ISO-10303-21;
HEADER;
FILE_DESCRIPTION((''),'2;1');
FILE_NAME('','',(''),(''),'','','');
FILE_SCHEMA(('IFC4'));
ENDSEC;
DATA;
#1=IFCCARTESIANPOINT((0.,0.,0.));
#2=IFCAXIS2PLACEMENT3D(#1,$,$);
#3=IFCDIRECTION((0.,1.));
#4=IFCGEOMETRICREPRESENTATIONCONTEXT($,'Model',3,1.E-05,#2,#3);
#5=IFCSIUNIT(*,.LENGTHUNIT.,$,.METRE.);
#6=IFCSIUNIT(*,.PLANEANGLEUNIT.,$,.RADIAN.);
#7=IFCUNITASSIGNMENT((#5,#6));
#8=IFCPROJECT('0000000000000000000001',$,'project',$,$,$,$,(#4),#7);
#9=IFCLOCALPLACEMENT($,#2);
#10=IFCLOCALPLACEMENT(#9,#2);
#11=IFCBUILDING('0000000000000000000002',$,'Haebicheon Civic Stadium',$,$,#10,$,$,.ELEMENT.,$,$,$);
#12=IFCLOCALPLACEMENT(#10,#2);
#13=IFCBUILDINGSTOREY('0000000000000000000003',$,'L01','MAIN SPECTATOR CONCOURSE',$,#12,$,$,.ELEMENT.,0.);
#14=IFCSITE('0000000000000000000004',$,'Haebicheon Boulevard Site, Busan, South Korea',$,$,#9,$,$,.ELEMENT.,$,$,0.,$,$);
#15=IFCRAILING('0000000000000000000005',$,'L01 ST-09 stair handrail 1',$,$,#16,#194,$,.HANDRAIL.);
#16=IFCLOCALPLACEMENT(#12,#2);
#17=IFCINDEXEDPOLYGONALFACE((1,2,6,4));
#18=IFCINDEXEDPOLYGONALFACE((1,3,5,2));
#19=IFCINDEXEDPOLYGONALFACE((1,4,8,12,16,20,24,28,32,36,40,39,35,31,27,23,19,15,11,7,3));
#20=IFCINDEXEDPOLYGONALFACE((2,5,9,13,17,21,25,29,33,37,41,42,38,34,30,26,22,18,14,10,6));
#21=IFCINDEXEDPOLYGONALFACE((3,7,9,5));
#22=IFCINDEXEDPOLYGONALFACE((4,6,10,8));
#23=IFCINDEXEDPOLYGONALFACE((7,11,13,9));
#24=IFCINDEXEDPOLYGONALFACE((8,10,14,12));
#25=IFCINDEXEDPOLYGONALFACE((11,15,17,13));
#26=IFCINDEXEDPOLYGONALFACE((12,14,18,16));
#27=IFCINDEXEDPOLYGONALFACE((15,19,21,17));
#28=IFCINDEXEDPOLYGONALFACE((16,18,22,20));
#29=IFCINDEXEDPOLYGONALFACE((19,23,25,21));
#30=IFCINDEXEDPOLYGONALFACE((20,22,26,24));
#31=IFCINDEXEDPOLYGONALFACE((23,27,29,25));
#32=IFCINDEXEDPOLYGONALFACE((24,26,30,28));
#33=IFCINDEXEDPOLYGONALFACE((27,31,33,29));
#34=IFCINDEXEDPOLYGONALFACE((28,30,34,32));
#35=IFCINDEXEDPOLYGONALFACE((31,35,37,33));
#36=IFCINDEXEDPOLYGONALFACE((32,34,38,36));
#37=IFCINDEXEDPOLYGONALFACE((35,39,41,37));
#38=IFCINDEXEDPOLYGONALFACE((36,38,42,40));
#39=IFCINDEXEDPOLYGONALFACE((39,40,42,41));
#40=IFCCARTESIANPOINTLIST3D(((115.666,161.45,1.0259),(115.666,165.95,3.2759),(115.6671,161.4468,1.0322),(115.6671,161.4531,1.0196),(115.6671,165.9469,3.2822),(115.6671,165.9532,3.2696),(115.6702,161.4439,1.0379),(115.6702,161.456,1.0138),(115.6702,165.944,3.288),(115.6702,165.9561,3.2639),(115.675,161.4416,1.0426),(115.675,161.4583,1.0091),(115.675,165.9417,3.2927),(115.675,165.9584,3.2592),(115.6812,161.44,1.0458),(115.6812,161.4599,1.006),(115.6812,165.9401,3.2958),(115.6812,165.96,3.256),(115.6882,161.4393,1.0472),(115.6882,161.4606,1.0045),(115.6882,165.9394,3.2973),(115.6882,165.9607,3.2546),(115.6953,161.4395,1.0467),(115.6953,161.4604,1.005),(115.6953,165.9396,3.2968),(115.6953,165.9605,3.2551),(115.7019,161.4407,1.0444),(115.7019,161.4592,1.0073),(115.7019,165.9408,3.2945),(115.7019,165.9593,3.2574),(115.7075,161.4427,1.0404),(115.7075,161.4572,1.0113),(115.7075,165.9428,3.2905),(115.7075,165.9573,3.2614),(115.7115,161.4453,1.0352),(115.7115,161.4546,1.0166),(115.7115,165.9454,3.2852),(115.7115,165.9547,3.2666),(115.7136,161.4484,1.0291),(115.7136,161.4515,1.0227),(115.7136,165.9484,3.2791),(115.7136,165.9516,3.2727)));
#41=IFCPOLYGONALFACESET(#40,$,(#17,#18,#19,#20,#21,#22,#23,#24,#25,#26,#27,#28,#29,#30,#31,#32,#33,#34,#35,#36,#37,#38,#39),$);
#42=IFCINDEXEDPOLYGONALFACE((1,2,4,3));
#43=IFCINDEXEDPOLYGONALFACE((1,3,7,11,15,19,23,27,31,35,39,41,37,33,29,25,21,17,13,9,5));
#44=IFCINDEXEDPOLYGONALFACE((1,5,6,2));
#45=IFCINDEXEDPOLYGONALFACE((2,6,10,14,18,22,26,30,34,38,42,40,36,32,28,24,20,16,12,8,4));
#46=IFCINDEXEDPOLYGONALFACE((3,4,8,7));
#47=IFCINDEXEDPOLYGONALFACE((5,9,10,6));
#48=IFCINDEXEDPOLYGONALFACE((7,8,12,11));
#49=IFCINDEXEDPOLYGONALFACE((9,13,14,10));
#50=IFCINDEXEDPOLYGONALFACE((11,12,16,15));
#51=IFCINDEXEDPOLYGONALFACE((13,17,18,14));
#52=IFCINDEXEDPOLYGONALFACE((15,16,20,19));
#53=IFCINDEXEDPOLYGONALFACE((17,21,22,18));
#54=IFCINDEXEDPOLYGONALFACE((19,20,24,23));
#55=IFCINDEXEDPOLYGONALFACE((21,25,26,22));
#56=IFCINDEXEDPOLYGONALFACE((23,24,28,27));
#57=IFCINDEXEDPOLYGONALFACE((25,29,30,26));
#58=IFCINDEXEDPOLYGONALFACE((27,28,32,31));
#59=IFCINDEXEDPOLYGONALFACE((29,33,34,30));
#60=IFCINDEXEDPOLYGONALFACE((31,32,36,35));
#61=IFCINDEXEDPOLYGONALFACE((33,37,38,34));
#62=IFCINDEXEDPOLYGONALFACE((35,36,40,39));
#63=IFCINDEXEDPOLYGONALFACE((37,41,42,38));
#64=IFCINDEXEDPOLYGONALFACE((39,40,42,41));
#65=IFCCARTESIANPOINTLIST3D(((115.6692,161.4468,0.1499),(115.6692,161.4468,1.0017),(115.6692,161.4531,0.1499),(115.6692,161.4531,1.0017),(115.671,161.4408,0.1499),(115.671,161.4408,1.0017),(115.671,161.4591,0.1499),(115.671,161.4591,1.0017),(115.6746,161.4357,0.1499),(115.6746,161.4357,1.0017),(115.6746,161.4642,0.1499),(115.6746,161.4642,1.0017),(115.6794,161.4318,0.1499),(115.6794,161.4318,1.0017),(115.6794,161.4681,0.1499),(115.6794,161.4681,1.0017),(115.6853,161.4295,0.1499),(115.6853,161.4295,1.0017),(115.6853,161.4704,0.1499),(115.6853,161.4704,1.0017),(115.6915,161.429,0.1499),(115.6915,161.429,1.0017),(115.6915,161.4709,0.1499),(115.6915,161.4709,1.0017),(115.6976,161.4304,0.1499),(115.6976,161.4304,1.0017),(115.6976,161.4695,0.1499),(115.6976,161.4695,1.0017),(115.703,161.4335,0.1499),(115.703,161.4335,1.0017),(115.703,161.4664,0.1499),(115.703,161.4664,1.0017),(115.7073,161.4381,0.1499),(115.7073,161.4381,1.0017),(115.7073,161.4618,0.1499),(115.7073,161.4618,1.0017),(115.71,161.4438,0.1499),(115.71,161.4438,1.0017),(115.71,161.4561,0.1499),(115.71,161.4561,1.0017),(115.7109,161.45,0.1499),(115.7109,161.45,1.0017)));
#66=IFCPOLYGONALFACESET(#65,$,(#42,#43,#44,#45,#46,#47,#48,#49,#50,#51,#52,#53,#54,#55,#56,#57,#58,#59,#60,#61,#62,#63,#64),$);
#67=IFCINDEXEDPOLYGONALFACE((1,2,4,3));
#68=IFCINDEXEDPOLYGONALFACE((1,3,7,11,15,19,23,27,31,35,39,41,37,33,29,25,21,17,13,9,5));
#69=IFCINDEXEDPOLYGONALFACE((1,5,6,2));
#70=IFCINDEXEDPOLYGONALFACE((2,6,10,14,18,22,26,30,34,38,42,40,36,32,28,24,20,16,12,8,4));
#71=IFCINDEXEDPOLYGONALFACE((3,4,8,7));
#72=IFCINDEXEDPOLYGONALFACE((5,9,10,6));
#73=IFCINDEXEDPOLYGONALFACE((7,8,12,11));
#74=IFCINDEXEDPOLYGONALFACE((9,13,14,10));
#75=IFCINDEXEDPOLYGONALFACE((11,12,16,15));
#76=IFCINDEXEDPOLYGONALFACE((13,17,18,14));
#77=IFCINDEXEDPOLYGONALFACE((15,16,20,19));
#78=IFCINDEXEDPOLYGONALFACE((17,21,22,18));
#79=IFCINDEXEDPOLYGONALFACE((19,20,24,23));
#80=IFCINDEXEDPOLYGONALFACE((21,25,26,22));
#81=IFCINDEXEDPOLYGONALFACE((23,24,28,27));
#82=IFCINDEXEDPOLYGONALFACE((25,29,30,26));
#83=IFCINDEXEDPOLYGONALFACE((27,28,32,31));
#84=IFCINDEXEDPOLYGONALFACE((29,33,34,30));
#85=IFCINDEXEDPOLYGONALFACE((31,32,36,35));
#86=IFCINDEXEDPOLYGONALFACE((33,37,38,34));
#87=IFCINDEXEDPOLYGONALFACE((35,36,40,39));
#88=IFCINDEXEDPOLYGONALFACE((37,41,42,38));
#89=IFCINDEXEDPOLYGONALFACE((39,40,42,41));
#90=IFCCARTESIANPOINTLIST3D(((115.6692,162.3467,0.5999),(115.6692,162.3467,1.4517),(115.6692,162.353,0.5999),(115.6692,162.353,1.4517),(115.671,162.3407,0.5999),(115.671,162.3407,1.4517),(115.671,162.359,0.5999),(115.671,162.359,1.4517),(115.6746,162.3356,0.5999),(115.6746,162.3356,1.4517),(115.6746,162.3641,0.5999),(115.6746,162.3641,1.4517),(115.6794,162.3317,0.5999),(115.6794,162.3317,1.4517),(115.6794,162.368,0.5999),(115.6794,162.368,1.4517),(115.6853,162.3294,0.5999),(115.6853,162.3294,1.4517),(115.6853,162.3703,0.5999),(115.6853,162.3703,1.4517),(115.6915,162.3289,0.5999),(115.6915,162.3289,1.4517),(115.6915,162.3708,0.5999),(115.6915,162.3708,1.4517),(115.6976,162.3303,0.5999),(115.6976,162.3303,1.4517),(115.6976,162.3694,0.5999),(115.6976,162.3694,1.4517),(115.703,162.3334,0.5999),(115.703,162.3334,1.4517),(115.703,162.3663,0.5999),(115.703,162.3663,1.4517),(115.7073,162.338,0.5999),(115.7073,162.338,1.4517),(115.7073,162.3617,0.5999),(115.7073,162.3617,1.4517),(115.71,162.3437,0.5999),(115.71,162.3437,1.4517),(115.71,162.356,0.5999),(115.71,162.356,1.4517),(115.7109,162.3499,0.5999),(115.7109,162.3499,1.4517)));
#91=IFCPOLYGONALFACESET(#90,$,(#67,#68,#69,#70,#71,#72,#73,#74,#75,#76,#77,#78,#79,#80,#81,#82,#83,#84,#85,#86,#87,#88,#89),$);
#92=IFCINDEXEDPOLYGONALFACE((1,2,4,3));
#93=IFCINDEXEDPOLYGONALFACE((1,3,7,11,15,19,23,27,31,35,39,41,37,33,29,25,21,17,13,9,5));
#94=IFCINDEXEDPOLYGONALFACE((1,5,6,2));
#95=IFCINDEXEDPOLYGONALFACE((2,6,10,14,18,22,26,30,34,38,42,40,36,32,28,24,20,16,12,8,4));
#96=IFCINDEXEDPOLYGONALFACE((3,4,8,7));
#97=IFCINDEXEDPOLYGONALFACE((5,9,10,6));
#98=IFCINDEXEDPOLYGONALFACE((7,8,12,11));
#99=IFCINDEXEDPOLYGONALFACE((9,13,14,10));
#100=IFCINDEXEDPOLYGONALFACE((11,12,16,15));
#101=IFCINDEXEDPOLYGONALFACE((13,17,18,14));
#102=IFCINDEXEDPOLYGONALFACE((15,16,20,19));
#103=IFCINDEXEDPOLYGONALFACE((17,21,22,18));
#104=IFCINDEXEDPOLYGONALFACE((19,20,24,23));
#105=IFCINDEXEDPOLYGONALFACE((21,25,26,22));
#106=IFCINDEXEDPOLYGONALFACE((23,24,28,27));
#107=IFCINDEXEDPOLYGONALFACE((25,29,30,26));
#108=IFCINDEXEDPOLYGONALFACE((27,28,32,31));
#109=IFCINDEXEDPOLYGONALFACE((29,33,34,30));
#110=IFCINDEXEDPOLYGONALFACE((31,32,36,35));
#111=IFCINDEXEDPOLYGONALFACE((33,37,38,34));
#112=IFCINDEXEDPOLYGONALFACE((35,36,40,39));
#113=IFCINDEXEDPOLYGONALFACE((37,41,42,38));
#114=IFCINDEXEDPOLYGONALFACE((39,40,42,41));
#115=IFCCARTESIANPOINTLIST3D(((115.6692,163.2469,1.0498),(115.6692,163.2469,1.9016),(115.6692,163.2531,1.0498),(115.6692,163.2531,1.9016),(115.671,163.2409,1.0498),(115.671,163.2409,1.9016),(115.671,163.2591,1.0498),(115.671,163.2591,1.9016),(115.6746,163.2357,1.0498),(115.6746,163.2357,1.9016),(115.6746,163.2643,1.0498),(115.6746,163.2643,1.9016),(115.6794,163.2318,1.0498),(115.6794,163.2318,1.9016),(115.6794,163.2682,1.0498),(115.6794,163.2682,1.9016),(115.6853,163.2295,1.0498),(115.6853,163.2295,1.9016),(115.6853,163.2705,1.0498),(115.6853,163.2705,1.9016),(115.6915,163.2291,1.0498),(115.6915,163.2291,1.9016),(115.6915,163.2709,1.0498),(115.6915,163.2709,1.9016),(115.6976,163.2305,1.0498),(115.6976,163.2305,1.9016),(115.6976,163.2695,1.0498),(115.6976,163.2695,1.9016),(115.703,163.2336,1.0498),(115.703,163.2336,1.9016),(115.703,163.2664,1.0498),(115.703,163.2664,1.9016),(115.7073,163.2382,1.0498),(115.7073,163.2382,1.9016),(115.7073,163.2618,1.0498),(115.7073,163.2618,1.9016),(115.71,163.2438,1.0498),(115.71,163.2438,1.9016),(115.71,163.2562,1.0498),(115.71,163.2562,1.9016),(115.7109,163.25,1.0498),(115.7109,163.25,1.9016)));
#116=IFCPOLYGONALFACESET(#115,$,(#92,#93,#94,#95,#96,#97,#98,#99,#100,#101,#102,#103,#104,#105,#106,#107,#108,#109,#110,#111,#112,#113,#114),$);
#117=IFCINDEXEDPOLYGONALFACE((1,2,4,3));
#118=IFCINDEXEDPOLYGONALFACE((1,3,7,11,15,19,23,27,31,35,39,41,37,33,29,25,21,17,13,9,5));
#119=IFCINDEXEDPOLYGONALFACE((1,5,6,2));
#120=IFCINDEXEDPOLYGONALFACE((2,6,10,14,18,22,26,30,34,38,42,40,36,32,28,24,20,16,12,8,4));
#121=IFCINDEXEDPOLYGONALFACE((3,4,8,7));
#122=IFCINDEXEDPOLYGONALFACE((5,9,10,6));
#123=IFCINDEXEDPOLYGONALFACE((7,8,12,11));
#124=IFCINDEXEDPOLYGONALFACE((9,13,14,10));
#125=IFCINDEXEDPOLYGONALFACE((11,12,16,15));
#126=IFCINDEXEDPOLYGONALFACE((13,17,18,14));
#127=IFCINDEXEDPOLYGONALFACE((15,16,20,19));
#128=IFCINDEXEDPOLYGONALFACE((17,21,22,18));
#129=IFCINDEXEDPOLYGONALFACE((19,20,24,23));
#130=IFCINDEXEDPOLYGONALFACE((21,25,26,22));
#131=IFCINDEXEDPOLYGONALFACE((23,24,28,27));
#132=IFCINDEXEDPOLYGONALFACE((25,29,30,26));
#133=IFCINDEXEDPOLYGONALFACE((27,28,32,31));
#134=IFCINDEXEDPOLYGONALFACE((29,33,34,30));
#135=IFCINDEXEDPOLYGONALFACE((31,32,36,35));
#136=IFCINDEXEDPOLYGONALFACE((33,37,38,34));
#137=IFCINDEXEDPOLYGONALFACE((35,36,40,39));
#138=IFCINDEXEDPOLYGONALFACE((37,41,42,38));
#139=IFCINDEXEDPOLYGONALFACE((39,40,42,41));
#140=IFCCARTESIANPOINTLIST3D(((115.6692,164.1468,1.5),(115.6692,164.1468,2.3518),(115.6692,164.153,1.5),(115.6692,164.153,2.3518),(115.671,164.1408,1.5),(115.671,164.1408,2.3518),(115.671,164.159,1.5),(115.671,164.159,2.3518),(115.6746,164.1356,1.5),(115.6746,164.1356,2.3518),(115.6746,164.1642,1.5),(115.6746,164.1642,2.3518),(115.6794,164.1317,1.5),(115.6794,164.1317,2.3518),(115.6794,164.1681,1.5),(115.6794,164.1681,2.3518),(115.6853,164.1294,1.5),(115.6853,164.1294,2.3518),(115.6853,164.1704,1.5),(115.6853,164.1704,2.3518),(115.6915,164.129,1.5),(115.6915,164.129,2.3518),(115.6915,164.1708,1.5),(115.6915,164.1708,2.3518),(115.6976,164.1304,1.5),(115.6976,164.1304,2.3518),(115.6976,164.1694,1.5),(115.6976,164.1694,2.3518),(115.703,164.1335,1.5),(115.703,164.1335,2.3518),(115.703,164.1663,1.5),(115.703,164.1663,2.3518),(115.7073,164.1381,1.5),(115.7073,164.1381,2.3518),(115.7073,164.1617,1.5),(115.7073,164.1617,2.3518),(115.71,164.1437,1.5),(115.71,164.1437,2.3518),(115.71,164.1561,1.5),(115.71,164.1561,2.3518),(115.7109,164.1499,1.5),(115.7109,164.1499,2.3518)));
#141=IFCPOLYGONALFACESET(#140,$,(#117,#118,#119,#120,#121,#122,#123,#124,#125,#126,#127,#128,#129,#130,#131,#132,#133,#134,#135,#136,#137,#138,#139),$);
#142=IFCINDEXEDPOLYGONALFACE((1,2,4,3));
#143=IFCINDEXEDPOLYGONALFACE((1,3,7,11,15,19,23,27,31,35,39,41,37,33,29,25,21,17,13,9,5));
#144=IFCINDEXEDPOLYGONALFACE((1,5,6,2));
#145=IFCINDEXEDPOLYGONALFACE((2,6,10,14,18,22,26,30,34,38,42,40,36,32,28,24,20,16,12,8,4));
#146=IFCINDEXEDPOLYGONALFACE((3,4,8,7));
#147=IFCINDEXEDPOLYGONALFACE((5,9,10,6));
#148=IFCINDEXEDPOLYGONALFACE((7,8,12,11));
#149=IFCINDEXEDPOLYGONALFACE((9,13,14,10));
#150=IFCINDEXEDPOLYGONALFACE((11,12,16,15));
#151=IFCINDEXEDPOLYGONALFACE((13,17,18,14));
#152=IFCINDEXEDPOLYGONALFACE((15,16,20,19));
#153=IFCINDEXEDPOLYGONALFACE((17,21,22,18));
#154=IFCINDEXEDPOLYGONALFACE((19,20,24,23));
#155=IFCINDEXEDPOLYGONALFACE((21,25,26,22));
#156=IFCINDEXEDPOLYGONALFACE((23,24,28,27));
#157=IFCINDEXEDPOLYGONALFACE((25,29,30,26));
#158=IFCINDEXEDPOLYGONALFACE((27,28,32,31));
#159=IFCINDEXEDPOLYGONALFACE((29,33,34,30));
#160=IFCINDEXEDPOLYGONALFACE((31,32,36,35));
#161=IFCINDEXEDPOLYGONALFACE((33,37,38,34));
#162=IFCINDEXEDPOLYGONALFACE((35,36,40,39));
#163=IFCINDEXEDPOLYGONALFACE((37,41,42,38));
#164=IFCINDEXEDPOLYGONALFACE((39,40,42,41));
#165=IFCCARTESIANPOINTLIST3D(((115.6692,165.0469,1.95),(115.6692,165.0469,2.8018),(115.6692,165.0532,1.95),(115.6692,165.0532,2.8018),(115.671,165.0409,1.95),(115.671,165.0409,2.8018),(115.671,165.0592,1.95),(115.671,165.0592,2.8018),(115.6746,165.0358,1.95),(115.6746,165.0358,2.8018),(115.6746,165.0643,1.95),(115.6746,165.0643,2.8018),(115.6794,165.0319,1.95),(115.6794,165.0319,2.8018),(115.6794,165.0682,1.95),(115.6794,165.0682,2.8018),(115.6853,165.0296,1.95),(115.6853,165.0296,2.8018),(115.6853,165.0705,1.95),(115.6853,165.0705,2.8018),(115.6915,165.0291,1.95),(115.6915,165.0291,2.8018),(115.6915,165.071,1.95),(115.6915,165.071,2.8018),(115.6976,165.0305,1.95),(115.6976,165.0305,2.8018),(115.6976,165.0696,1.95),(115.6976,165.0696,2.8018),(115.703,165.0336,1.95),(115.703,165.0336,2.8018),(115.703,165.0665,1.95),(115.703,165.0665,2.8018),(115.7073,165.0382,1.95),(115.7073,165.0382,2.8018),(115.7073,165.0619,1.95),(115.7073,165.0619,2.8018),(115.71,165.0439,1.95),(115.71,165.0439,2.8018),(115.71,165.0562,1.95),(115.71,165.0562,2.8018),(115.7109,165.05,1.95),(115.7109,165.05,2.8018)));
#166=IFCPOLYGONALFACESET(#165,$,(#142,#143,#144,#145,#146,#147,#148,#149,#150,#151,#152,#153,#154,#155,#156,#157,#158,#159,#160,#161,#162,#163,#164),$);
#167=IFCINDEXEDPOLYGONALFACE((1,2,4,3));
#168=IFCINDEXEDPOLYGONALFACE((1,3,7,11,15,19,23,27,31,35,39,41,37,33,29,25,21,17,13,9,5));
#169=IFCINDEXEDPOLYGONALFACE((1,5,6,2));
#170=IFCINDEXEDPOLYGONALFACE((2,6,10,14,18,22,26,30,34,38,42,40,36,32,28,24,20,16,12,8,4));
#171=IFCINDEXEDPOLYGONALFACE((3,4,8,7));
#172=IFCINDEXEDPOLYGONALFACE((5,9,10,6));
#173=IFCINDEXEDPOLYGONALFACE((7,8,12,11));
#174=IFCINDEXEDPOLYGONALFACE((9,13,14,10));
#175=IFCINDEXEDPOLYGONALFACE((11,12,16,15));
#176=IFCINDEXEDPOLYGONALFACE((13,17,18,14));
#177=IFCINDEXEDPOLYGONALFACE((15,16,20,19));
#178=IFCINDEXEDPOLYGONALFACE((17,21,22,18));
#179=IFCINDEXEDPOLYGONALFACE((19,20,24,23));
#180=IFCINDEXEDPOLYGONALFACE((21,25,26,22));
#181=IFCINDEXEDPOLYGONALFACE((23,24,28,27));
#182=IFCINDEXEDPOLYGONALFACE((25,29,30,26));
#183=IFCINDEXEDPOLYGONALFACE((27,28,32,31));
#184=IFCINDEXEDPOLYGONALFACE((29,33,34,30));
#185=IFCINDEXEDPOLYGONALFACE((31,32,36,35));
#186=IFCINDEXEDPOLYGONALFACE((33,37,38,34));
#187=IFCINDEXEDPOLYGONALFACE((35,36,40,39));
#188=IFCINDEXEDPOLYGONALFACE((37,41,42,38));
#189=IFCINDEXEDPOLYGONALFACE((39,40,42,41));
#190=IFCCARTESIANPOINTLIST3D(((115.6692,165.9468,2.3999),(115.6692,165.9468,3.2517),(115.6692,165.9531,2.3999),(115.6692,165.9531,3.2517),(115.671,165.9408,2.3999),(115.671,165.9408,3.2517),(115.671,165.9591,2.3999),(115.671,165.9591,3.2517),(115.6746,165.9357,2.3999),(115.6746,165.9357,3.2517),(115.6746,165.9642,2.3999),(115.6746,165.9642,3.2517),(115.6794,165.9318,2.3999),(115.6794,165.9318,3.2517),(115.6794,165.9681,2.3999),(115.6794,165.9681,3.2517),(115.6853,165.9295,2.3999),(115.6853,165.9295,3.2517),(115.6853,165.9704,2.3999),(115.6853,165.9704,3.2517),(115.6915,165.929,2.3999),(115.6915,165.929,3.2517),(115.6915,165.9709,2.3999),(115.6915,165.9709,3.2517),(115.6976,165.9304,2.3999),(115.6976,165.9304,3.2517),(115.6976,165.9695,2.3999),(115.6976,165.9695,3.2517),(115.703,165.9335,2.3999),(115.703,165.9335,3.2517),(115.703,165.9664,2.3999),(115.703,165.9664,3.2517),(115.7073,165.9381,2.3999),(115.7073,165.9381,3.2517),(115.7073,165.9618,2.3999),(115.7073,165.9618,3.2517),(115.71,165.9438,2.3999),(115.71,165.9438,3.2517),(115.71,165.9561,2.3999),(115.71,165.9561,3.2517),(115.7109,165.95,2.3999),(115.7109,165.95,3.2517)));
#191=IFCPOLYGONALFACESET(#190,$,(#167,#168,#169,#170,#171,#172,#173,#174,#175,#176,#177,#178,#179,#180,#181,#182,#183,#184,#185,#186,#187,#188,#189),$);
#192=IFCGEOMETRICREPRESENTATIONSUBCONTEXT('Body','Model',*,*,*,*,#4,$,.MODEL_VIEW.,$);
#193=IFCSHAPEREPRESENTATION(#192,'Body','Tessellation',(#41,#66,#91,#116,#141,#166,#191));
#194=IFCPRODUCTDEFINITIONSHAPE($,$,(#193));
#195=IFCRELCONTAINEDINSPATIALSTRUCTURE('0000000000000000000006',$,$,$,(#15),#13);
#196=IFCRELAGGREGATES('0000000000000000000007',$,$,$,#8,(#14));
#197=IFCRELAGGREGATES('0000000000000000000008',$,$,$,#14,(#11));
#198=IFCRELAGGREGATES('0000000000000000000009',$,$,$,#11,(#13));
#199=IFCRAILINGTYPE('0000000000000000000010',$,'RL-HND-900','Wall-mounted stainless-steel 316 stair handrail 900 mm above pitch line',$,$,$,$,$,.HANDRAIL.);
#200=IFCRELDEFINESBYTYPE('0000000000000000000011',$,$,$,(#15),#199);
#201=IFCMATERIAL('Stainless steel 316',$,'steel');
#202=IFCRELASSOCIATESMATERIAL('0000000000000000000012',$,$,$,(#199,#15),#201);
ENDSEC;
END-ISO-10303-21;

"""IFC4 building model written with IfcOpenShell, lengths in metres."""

from ifc_helpers import new_model, si_unit, direction, frame, origin, origin_2d, place, context, subcontext, project, spatial, circle, extrude, material, type_object, element, save


model = new_model("IFC4")

# Units and contexts
model_context = context("Model", 3, precision=1e-05, world=origin(), true_north=direction((0.0, 1.0)))
body_context = subcontext(model_context, "Body", "Model", "MODEL_VIEW")
ifc_project = project(units=[si_unit("LENGTHUNIT", "METRE"), si_unit("PLANEANGLEUNIT", "RADIAN")], contexts=[model_context])

# Site, building, storey
site_placement = place(None, origin())
site = spatial("IfcSite", under=ifc_project, at=site_placement, Name="Haebicheon Boulevard Site, Busan, South Korea", CompositionType="ELEMENT", RefElevation=0.0)
building_placement = place(site_placement, origin())
building = spatial("IfcBuilding", under=site, at=building_placement, Name="Haebicheon Civic Stadium", CompositionType="ELEMENT")
storey_placement = place(building_placement, origin())
storey = spatial("IfcBuildingStorey", under=building, at=storey_placement, Name="L01", Description="MAIN SPECTATOR CONCOURSE", CompositionType="ELEMENT", Elevation=0.0)

# Railing
ifc_material_1 = material(Name="Stainless steel 316", Category="steel")
railing_type_1 = type_object("IfcRailingType", Name="RL-HND-900", Description="Wall-mounted stainless-steel 316 stair handrail 900 mm above pitch line", PredefinedType="HANDRAIL", material=ifc_material_1)
railing_1_placement = place(storey_placement, frame((115.6899, 161.45, 0.1499)))
element("IfcRailing", 1, at=railing_1_placement, inside=storey, type_object=railing_type_1, material=ifc_material_1, Name="L01 ST-09 stair handrail 1", PredefinedType="HANDRAIL", context=body_context, shape_type="SweptSolid", body=[
    extrude(circle(Radius=0.0239, at=origin_2d()), frame((0.0, 0.0, 0.876), z_axis=(0.0, 0.894427, 0.447214), x_axis=(-1.0, 0.0, 0.0)), (0.0, 0.0, 1.0), 5.0312),
    extrude(circle(Radius=0.021, at=origin_2d()), origin(), (0.0, 0.0, 1.0), 0.8518),
    extrude(circle(Radius=0.021, at=origin_2d()), frame((0.0, 0.8999, 0.45)), (0.0, 0.0, 1.0), 0.8518),
    extrude(circle(Radius=0.021, at=origin_2d()), frame((0.0, 1.8, 0.8999)), (0.0, 0.0, 1.0), 0.8518),
    extrude(circle(Radius=0.021, at=origin_2d()), frame((0.0, 2.7, 1.3501)), (0.0, 0.0, 1.0), 0.8518),
    extrude(circle(Radius=0.021, at=origin_2d()), frame((0.0, 3.6001, 1.8)), (0.0, 0.0, 1.0), 0.8518),
    extrude(circle(Radius=0.021, at=origin_2d()), frame((0.0, 4.5, 2.25)), (0.0, 0.0, 1.0), 0.8518),
])

save(model, "model.ifc")
